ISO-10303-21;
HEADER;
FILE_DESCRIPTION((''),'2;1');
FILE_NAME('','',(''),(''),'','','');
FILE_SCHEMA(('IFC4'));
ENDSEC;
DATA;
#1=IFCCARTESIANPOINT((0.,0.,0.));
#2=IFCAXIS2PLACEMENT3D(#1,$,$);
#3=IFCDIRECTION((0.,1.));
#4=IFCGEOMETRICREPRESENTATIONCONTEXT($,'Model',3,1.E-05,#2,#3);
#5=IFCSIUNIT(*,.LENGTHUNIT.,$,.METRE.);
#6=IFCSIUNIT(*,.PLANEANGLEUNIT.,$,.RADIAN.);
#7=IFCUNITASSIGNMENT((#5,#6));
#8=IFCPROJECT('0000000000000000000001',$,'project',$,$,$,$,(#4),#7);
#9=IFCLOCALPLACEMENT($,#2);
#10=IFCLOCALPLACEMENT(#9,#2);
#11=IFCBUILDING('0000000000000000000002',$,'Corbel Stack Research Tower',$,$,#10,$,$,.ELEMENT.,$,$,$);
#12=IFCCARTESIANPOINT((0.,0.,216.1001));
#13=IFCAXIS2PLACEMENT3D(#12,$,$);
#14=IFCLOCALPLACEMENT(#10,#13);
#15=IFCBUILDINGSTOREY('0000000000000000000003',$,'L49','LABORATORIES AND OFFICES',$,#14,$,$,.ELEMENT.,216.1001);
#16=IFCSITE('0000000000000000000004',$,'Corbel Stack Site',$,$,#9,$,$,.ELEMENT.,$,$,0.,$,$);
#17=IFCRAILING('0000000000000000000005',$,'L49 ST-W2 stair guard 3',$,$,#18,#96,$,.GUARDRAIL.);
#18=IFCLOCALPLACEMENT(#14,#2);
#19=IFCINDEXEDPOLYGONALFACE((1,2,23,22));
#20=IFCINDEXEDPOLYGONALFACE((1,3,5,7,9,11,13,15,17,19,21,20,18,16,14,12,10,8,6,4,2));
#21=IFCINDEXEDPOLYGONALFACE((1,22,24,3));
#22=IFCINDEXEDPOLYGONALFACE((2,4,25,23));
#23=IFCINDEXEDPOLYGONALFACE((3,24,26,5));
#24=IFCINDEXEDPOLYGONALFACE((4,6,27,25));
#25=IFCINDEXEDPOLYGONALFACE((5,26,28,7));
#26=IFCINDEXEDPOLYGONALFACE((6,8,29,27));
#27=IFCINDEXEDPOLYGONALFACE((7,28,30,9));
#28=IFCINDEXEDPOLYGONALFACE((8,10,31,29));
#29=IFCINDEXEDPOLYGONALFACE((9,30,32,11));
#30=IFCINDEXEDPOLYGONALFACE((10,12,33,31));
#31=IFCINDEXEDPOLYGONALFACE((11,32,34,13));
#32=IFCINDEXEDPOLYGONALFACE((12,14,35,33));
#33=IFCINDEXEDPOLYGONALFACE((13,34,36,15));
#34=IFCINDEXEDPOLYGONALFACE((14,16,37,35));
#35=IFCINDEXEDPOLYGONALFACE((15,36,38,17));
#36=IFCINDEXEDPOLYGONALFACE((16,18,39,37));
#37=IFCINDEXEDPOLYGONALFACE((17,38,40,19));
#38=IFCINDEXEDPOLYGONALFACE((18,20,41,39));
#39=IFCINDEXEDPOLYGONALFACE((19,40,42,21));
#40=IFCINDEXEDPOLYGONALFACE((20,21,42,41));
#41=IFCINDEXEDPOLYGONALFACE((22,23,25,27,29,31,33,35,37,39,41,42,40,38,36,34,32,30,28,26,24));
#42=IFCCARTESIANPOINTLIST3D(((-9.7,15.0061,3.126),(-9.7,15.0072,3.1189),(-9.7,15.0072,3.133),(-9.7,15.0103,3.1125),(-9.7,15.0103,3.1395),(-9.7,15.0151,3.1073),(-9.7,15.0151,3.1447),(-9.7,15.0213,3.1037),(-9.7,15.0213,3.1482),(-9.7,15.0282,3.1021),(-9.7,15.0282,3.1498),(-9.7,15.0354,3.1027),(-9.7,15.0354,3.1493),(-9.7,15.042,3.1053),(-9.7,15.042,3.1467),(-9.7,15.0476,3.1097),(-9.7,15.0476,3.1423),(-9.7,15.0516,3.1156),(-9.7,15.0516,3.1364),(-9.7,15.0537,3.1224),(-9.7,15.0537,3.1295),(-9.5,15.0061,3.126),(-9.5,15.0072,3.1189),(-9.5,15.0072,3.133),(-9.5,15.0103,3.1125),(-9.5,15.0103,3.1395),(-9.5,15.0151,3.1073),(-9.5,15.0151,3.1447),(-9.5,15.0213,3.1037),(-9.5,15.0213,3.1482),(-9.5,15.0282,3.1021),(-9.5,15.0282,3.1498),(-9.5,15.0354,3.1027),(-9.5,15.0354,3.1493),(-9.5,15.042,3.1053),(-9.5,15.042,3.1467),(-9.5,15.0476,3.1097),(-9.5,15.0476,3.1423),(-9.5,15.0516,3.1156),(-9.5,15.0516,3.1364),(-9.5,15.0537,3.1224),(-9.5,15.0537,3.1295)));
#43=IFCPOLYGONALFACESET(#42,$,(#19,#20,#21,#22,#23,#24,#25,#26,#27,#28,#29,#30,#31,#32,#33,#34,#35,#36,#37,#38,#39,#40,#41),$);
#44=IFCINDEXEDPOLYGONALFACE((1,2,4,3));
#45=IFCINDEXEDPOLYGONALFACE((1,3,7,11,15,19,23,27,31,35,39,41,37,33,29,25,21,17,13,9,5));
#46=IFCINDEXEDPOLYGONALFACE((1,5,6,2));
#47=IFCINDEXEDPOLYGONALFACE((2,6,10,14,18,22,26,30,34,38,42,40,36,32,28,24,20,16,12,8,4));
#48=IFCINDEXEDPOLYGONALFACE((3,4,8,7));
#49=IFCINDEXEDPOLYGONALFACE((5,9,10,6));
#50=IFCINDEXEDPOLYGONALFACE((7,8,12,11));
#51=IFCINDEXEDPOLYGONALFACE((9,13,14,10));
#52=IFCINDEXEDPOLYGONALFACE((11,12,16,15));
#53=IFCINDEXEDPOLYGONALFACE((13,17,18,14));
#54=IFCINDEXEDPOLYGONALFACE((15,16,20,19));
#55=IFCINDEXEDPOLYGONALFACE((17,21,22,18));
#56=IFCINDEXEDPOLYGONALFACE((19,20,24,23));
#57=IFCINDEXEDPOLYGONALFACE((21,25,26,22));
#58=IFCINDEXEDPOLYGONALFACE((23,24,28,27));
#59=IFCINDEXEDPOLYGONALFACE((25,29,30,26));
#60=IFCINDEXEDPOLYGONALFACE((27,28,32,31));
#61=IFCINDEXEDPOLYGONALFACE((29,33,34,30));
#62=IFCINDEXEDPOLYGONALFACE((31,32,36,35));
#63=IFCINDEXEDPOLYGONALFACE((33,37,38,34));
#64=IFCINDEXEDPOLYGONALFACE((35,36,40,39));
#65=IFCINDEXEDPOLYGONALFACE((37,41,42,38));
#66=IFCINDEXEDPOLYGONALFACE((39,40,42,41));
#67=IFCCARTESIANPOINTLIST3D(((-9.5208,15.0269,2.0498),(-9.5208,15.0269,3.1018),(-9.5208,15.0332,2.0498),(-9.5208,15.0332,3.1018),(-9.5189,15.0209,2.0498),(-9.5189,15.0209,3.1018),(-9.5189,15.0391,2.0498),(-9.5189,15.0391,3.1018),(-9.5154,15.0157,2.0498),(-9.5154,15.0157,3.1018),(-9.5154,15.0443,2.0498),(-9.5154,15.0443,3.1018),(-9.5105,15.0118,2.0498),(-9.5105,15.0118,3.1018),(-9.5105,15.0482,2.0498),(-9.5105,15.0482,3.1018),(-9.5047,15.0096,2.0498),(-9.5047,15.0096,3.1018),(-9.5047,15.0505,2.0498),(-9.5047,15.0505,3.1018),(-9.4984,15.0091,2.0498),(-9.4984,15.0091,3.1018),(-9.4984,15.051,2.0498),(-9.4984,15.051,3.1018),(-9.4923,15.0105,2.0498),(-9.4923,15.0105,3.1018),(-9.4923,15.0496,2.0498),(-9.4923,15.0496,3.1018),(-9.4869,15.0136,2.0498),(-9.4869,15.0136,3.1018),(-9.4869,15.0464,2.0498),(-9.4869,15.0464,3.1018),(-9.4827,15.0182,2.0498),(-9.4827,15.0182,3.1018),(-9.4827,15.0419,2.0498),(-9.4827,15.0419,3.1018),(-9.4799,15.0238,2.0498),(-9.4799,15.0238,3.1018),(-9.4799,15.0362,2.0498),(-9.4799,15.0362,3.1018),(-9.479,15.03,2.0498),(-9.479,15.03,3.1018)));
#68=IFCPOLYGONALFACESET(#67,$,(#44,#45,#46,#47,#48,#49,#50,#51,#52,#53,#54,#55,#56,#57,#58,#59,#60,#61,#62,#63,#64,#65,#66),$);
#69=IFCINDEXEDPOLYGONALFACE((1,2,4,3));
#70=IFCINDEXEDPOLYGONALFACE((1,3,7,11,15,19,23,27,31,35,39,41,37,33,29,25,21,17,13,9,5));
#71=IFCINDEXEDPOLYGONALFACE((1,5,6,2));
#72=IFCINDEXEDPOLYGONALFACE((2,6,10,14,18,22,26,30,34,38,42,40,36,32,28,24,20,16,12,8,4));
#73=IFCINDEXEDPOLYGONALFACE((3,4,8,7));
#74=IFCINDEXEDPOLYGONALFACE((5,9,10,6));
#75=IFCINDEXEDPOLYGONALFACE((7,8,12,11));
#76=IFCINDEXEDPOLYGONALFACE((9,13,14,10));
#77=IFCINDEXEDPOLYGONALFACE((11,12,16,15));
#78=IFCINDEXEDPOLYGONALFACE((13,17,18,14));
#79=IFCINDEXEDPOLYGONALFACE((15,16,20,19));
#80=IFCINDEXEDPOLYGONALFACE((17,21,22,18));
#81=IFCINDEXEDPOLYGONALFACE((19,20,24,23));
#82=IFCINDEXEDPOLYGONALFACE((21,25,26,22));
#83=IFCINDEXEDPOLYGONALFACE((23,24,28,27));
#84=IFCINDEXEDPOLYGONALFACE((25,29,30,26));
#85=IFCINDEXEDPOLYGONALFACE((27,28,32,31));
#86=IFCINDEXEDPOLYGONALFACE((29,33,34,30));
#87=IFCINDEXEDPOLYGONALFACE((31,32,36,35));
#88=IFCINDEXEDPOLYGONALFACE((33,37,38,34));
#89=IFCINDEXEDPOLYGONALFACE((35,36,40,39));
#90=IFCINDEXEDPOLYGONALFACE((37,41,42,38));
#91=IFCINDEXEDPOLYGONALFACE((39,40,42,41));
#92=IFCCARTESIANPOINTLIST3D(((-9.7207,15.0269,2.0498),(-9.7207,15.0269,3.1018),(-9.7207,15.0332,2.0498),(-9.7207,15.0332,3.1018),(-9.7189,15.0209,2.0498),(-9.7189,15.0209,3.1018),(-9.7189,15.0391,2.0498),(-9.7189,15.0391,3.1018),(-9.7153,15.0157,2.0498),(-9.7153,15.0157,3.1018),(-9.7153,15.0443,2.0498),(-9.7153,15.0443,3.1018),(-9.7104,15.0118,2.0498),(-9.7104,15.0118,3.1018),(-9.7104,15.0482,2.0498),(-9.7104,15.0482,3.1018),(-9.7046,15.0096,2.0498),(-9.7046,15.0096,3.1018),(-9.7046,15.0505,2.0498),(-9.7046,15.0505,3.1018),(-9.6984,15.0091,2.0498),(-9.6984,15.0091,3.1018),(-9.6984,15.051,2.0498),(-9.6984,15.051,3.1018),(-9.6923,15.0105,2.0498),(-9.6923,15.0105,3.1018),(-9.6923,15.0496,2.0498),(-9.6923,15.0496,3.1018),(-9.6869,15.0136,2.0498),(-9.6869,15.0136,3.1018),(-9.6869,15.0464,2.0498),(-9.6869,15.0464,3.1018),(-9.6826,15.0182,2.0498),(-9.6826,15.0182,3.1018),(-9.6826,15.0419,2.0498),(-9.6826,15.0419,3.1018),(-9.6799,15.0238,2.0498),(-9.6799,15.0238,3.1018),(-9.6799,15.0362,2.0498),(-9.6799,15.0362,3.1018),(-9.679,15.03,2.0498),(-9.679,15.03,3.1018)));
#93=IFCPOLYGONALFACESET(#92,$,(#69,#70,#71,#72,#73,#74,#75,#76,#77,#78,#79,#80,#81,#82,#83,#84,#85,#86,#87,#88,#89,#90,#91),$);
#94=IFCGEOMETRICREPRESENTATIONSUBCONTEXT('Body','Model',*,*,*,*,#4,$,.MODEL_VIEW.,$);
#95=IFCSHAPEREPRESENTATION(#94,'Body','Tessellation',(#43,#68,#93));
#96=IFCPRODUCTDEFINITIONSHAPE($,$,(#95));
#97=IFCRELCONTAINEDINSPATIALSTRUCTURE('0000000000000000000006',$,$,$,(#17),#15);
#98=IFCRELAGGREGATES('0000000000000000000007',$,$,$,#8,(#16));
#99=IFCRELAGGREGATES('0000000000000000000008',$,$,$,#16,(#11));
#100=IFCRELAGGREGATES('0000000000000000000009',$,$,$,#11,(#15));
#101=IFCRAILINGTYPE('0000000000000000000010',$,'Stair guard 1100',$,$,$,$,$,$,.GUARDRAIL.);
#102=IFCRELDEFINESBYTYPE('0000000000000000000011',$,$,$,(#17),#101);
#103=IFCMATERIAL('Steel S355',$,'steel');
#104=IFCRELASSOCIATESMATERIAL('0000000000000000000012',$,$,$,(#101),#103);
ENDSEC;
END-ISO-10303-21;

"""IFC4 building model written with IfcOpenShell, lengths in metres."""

from ifc_helpers import new_model, si_unit, direction, frame, origin, origin_2d, place, context, subcontext, project, spatial, circle, extrude, material, type_object, element, save


model = new_model("IFC4")

# Units and contexts
model_context = context("Model", 3, precision=1e-05, world=origin(), true_north=direction((0.0, 1.0)))
body_context = subcontext(model_context, "Body", "Model", "MODEL_VIEW")
ifc_project = project(units=[si_unit("LENGTHUNIT", "METRE"), si_unit("PLANEANGLEUNIT", "RADIAN")], contexts=[model_context])

# Site, building, storey
site_placement = place(None, origin())
site = spatial("IfcSite", under=ifc_project, at=site_placement, Name="Corbel Stack Site", CompositionType="ELEMENT", RefElevation=0.0)
building_placement = place(site_placement, origin())
building = spatial("IfcBuilding", under=site, at=building_placement, Name="Corbel Stack Research Tower", CompositionType="ELEMENT")
storey_placement = place(building_placement, frame((0.0, 0.0, 216.1001)))
storey = spatial("IfcBuildingStorey", under=building, at=storey_placement, Name="L49", Description="LABORATORIES AND OFFICES", CompositionType="ELEMENT", Elevation=216.1001)

# Railing
ifc_material_1 = material(Name="Steel S355", Category="steel")
railing_type_1 = type_object("IfcRailingType", Name="Stair guard 1100", PredefinedType="GUARDRAIL", material=ifc_material_1)
railing_1_placement = place(storey_placement, frame((-9.5, 15.03, 2.0498)))
element("IfcRailing", 1, at=railing_1_placement, inside=storey, type_object=railing_type_1, Name="L49 ST-W2 stair guard 3", PredefinedType="GUARDRAIL", context=body_context, shape_type="SweptSolid", body=[
    extrude(circle(Radius=0.0239, at=origin_2d()), frame((0.0, 0.0, 1.0762), z_axis=(-1.0, 0.0, 0.0), x_axis=(0.0, -1.0, 0.0)), (0.0, 0.0, 1.0), 0.2),
    extrude(circle(Radius=0.021, at=origin_2d()), origin(), (0.0, 0.0, 1.0), 1.052),
    extrude(circle(Radius=0.021, at=origin_2d()), frame((-0.2, 0.0, 0.0)), (0.0, 0.0, 1.0), 1.052),
])

save(model, "model.ifc")
